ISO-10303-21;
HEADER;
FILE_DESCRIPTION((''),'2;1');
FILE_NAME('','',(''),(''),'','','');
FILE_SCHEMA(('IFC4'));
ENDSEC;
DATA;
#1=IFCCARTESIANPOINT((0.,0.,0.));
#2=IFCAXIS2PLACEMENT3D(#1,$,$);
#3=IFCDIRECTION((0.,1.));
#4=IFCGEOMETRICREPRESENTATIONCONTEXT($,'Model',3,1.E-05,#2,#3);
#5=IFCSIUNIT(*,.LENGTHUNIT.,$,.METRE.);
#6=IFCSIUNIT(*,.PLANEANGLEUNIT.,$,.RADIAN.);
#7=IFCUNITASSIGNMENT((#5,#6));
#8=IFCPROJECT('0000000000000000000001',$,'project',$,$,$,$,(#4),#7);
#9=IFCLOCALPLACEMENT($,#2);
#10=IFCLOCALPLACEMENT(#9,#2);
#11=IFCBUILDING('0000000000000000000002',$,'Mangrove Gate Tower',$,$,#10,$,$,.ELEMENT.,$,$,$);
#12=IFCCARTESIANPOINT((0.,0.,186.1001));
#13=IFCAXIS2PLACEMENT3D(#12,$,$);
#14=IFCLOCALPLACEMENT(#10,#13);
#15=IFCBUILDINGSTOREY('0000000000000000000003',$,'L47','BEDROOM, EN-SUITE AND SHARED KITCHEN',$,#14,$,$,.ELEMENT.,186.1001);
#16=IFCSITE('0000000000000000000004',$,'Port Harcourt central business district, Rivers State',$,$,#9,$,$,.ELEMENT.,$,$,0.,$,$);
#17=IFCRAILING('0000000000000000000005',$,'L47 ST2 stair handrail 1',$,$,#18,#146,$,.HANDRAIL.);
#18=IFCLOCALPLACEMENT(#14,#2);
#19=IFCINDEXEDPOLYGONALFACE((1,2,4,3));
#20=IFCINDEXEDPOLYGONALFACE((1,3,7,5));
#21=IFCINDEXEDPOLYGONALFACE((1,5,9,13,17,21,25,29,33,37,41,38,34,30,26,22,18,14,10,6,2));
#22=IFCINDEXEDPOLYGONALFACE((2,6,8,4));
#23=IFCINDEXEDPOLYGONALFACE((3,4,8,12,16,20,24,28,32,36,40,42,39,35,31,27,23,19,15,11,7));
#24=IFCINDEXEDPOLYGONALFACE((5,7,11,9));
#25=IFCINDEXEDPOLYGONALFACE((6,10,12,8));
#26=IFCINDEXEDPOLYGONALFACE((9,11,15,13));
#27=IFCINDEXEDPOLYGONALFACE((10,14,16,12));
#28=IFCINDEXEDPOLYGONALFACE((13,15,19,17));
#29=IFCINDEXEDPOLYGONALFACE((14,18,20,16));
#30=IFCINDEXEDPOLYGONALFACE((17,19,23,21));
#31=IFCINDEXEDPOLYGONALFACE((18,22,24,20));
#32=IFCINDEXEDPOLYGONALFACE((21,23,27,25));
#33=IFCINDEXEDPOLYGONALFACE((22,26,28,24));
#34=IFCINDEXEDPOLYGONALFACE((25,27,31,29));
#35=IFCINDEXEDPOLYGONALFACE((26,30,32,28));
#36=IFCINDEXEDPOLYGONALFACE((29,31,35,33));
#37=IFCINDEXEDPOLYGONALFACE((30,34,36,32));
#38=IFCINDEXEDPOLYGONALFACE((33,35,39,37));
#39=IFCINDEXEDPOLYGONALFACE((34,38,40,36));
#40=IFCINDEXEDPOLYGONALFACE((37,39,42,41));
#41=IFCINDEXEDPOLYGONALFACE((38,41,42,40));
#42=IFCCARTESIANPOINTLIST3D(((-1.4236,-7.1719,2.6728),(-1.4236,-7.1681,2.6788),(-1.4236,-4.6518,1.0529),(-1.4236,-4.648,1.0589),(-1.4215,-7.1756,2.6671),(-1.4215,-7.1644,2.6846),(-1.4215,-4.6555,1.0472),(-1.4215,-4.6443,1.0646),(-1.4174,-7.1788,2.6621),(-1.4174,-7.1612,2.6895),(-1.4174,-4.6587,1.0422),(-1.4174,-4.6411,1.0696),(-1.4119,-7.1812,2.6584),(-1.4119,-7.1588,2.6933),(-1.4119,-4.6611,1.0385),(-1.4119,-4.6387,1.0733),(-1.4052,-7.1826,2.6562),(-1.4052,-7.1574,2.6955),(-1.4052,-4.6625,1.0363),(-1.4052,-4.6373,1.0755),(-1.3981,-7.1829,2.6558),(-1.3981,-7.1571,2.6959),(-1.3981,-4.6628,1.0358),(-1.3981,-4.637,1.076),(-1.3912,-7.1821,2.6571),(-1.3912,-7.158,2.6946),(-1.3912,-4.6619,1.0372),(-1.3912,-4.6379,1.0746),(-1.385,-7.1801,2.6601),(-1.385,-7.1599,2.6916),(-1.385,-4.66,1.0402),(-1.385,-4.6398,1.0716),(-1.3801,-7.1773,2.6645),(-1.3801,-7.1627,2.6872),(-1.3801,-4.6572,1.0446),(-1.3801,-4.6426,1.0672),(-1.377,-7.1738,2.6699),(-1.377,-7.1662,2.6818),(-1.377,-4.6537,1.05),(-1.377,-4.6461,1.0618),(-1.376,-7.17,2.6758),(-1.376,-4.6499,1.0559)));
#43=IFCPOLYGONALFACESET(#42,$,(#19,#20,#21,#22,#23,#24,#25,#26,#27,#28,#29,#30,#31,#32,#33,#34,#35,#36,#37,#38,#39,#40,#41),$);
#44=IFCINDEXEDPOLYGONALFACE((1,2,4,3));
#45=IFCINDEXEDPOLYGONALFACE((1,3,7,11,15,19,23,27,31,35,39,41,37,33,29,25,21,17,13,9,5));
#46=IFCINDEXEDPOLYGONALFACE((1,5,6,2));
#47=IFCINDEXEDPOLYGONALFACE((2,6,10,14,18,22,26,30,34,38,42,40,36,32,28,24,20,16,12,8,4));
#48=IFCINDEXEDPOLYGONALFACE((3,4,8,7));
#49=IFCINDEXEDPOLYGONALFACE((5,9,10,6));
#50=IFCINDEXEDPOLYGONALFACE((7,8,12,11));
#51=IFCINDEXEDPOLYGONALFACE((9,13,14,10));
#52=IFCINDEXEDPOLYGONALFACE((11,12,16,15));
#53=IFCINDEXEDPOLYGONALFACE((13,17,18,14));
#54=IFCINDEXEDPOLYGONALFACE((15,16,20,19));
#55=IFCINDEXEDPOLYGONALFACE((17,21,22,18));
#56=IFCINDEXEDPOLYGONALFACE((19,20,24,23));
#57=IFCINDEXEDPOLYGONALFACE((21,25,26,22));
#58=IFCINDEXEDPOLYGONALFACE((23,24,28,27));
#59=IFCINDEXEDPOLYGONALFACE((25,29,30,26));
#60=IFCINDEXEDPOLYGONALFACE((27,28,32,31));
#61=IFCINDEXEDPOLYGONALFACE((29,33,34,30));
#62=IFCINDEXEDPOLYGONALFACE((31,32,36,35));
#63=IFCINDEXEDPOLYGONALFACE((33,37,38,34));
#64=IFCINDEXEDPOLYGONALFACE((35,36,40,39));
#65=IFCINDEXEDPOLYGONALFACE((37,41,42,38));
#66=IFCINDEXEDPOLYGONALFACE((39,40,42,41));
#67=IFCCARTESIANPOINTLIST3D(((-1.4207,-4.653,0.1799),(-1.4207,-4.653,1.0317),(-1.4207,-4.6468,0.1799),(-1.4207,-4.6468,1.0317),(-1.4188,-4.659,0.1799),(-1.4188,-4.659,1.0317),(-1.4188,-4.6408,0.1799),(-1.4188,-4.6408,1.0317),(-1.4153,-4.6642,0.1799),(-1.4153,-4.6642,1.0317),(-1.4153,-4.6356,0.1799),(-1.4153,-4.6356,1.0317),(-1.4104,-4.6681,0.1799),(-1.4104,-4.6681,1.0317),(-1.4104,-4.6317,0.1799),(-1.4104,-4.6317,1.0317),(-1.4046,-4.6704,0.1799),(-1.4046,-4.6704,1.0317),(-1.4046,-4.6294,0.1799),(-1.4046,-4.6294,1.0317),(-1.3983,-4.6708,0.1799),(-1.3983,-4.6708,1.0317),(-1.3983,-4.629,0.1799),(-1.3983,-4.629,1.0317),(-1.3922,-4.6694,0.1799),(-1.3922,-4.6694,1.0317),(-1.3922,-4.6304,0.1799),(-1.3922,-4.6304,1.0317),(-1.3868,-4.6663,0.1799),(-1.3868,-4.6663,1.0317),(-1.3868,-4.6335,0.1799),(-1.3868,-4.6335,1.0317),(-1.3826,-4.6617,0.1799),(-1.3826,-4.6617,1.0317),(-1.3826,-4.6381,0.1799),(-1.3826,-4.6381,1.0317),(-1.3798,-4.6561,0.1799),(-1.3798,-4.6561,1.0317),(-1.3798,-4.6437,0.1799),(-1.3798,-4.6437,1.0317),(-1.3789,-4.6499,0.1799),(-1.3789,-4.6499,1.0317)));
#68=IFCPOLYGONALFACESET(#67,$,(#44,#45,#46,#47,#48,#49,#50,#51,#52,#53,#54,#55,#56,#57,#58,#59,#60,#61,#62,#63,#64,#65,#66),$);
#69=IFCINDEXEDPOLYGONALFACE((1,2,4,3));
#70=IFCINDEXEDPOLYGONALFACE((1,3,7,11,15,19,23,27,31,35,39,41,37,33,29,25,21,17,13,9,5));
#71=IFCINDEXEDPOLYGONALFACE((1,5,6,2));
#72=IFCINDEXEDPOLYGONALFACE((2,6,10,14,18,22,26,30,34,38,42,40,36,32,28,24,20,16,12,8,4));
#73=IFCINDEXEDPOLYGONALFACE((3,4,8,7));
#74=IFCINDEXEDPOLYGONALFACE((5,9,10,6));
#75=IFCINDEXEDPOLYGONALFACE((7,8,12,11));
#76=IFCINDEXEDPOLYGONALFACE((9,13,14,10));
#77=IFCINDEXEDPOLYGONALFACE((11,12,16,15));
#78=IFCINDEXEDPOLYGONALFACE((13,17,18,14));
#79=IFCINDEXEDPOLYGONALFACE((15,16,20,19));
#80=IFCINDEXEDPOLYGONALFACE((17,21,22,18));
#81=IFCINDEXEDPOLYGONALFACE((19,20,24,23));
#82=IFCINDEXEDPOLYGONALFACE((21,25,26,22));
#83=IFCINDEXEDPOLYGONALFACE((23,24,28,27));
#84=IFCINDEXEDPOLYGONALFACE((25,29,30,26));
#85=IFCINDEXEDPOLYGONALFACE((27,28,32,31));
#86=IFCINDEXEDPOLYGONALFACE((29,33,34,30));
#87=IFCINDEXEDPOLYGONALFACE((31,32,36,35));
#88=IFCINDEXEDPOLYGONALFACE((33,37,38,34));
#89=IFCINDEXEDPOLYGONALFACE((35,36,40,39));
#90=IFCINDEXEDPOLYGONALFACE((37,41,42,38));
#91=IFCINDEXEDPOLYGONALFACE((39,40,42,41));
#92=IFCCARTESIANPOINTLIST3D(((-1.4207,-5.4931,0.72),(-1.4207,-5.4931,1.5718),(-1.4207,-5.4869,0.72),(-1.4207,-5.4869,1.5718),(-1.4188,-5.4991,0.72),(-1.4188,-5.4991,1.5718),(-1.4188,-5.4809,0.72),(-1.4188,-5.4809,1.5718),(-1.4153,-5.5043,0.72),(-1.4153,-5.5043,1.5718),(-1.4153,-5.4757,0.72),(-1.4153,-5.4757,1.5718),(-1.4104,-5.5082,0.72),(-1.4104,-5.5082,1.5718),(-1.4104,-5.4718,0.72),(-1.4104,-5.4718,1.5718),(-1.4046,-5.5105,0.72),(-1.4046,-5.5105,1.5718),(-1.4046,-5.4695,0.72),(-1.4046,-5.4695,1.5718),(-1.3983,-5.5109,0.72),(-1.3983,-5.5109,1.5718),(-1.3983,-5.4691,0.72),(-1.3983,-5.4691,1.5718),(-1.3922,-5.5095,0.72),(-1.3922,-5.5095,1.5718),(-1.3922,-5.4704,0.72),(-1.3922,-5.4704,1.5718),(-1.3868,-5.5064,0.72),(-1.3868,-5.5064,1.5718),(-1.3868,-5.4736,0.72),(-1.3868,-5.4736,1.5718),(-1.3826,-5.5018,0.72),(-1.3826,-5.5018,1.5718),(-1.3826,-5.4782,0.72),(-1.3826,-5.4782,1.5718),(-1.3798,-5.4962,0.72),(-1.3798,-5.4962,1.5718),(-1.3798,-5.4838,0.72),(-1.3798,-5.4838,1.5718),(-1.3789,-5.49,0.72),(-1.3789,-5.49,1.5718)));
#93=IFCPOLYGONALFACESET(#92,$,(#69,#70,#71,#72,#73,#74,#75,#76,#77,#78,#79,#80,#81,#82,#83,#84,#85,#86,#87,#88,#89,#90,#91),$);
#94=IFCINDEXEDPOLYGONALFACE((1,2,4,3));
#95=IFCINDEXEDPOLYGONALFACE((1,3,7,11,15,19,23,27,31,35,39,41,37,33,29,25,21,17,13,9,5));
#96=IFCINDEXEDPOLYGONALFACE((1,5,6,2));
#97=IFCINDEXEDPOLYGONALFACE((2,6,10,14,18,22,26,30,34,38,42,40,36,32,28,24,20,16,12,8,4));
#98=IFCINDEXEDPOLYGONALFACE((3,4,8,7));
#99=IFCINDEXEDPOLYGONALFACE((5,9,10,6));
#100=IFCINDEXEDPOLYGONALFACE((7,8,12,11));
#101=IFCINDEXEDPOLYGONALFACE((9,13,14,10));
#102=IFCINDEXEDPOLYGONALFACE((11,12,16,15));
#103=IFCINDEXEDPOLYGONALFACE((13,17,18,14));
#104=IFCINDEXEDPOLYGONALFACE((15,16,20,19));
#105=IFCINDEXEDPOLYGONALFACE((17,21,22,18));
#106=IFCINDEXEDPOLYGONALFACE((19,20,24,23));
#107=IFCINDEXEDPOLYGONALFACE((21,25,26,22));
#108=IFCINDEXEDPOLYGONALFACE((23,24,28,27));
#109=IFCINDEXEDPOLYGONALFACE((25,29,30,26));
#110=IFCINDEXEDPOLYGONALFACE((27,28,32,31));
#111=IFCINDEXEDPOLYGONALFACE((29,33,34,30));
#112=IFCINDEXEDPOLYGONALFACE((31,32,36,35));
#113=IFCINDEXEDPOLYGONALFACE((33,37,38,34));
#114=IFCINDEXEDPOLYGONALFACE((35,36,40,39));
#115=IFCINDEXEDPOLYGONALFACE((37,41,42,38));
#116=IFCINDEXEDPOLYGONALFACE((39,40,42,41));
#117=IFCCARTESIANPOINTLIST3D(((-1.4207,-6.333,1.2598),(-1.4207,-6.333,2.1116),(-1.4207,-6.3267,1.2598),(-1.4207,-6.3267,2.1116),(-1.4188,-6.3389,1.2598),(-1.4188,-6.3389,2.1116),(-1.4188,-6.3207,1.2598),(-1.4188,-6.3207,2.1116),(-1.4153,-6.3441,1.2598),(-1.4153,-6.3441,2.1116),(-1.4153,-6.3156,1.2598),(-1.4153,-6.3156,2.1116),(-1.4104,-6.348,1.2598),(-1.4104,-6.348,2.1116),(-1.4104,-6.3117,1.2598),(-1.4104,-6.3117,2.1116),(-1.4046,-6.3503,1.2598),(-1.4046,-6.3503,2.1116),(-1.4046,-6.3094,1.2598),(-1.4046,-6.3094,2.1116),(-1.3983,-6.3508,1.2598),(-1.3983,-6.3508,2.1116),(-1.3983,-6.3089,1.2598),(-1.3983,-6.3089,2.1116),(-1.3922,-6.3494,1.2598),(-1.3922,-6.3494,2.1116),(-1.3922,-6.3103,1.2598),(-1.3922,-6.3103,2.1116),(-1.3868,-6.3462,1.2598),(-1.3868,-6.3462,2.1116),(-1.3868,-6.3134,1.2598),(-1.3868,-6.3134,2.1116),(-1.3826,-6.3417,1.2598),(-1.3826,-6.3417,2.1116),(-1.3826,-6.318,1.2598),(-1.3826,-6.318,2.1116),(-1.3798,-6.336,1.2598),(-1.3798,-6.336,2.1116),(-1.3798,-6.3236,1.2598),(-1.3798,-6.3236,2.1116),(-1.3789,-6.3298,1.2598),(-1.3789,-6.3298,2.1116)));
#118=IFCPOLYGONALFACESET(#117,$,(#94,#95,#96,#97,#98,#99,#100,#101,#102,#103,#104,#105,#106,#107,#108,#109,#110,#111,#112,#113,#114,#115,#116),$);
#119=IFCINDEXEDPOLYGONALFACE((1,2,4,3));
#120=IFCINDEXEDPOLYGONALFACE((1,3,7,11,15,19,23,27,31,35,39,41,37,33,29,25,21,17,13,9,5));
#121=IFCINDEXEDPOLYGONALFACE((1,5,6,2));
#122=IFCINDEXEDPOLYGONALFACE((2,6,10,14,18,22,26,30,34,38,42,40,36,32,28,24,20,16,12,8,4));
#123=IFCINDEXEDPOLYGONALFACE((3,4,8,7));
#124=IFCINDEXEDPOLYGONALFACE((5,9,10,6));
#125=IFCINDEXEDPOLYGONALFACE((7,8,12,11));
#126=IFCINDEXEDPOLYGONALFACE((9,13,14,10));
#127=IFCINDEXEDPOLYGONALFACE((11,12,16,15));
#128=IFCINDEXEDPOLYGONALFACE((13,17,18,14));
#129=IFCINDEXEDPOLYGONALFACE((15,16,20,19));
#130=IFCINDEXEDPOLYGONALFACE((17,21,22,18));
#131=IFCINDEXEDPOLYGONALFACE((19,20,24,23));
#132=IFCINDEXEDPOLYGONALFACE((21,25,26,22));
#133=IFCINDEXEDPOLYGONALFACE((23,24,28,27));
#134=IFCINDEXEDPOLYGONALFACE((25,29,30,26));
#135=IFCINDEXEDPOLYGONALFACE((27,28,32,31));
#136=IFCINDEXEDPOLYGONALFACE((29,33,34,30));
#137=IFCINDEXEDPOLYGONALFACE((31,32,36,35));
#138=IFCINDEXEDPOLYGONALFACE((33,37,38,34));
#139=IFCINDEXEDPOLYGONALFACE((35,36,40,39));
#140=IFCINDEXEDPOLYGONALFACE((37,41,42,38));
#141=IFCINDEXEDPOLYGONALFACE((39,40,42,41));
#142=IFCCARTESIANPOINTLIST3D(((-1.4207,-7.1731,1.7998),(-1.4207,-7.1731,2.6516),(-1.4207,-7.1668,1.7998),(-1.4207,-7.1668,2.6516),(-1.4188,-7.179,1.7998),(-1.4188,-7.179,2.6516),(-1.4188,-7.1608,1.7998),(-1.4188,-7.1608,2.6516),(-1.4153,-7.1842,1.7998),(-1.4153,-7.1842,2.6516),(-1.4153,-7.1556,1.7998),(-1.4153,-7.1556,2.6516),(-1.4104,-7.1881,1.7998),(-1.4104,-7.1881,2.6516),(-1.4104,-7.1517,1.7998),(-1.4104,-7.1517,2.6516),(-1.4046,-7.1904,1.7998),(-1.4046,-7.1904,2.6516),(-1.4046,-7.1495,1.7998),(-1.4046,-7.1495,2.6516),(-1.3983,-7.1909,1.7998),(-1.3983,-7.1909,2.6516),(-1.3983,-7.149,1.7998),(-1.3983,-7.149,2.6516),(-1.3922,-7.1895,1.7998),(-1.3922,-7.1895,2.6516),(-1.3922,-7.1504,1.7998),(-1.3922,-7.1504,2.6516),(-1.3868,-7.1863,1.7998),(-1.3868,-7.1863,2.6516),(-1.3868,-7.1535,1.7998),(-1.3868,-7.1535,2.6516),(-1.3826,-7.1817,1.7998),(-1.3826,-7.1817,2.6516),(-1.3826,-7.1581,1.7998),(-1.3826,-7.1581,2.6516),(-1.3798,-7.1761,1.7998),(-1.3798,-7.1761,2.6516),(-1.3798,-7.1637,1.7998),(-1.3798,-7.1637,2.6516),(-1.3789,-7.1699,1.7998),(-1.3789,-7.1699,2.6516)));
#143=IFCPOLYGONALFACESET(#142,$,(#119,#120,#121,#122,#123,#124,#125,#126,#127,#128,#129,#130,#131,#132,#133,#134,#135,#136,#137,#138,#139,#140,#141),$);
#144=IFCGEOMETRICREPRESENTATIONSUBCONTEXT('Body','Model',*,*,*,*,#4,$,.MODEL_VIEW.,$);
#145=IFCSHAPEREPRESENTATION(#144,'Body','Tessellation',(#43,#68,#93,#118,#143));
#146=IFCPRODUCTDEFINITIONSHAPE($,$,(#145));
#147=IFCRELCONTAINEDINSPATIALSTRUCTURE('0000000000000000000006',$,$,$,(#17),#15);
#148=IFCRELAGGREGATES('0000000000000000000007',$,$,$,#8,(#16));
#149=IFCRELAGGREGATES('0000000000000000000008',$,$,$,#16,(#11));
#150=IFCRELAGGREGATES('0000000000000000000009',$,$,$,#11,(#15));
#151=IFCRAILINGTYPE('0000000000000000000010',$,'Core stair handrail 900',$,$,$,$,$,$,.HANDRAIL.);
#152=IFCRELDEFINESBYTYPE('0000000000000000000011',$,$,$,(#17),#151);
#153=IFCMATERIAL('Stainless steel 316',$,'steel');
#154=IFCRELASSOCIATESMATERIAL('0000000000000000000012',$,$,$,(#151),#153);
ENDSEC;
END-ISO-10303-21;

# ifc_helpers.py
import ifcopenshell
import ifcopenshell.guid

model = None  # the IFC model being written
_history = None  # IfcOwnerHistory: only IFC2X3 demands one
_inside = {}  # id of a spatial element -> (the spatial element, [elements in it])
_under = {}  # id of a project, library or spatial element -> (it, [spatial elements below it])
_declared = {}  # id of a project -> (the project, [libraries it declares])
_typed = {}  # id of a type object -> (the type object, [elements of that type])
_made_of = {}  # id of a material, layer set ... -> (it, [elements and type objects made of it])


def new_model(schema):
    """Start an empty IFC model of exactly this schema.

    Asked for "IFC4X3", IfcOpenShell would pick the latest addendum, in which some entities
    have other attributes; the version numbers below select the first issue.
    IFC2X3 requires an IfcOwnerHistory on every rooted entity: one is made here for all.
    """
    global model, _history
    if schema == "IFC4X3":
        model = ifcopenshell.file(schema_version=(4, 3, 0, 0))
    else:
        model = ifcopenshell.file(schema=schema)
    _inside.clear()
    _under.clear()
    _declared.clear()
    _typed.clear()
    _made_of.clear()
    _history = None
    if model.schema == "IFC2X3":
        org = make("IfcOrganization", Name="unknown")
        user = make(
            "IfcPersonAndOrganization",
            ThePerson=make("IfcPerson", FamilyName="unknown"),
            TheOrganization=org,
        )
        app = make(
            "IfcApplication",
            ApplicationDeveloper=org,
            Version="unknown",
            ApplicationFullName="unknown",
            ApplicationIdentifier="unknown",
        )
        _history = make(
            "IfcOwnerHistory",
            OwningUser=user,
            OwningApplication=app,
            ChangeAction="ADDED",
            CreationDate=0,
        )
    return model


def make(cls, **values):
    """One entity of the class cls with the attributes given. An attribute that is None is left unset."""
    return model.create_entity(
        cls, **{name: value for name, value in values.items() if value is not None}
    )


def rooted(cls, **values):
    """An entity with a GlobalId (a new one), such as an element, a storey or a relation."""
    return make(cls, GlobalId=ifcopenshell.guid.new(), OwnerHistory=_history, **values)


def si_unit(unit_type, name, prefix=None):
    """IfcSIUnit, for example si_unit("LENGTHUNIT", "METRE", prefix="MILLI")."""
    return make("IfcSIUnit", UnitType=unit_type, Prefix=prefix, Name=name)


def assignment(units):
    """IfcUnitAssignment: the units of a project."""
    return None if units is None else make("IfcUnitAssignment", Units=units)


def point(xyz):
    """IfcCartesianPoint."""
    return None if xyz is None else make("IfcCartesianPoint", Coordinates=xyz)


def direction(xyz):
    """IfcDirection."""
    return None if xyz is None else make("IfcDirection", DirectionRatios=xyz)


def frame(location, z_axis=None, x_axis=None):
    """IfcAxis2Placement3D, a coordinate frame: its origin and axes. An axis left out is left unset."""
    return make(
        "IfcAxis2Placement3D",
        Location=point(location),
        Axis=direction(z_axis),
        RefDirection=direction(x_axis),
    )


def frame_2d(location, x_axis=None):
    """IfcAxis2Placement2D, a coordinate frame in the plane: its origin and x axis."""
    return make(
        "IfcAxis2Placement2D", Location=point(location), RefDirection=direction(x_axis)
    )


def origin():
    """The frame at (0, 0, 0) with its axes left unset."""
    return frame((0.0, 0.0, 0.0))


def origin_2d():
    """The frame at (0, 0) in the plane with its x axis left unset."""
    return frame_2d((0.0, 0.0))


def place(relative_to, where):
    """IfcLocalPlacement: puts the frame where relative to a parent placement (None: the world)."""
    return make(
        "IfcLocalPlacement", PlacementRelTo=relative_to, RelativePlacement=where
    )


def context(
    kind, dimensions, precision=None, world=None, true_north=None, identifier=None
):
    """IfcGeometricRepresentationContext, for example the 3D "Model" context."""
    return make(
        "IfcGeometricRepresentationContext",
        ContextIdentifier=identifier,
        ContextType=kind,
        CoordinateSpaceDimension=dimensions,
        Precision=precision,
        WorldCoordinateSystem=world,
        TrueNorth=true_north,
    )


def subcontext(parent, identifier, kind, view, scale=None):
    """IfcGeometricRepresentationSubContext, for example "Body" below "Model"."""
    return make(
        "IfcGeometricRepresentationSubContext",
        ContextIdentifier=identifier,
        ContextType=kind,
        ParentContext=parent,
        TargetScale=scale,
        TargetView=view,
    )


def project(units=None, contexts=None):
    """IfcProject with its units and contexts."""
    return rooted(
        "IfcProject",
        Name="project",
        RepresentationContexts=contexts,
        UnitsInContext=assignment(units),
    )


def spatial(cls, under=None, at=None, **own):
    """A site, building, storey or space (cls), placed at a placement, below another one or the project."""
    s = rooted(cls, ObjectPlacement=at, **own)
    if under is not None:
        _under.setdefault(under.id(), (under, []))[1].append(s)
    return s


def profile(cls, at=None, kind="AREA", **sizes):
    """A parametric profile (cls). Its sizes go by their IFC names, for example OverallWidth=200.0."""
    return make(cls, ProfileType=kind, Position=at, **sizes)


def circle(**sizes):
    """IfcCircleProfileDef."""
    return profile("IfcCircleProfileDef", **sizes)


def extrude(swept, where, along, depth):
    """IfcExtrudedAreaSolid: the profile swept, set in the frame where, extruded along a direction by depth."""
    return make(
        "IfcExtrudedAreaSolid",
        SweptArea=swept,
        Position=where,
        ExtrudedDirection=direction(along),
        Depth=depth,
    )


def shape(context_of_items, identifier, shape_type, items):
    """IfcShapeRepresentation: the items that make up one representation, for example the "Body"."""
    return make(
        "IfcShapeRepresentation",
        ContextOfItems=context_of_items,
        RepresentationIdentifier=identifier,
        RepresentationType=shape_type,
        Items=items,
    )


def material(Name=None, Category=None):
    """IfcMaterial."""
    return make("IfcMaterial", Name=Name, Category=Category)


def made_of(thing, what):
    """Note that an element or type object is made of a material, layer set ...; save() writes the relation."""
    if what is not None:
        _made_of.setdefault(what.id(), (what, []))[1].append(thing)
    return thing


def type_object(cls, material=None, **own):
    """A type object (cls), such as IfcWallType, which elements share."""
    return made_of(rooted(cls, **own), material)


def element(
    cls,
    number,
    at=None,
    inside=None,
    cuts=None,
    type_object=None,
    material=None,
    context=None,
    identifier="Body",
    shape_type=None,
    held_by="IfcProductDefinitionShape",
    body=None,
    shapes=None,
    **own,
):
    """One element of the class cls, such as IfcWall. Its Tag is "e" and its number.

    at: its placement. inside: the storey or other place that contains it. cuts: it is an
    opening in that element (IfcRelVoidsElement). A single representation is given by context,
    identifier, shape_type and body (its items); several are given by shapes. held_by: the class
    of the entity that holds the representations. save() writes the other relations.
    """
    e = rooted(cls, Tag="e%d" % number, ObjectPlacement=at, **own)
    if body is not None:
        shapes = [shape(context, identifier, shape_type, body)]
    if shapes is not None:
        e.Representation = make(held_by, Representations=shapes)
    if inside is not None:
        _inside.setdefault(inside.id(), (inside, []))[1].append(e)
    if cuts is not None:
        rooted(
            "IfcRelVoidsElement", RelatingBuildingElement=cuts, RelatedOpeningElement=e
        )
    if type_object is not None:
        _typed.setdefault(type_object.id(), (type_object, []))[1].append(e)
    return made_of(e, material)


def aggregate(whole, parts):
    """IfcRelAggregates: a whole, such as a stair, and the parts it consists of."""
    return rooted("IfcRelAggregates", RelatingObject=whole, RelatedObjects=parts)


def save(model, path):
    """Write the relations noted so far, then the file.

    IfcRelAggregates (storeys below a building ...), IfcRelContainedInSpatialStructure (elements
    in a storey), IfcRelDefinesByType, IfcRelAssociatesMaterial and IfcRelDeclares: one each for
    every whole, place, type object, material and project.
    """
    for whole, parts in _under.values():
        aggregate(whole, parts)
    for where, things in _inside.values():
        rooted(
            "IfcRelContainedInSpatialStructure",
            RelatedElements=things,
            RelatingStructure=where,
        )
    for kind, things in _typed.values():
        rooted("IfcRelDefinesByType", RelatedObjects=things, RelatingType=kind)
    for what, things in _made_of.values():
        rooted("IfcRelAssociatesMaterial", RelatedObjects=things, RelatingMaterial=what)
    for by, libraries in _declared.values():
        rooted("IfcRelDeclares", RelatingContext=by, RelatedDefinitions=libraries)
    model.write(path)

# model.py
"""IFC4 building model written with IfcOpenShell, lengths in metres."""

from ifc_helpers import new_model, si_unit, direction, frame, origin, origin_2d, place, context, subcontext, project, spatial, circle, extrude, material, type_object, element, save


model = new_model("IFC4")

# Units and contexts
model_context = context("Model", 3, precision=1e-05, world=origin(), true_north=direction((0.0, 1.0)))
body_context = subcontext(model_context, "Body", "Model", "MODEL_VIEW")
ifc_project = project(units=[si_unit("LENGTHUNIT", "METRE"), si_unit("PLANEANGLEUNIT", "RADIAN")], contexts=[model_context])

# Site, building, storey
site_placement = place(None, origin())
site = spatial("IfcSite", under=ifc_project, at=site_placement, Name="Port Harcourt central business district, Rivers State", CompositionType="ELEMENT", RefElevation=0.0)
building_placement = place(site_placement, origin())
building = spatial("IfcBuilding", under=site, at=building_placement, Name="Mangrove Gate Tower", CompositionType="ELEMENT")
storey_placement = place(building_placement, frame((0.0, 0.0, 186.1001)))
storey = spatial("IfcBuildingStorey", under=building, at=storey_placement, Name="L47", Description="BEDROOM, EN-SUITE AND SHARED KITCHEN", CompositionType="ELEMENT", Elevation=186.1001)

# Railing
ifc_material_1 = material(Name="Stainless steel 316", Category="steel")
railing_type_1 = type_object("IfcRailingType", Name="Core stair handrail 900", PredefinedType="HANDRAIL", material=ifc_material_1)
railing_1_placement = place(storey_placement, frame((-1.3999, -4.6499, 0.1799)))
element("IfcRailing", 1, at=railing_1_placement, inside=storey, type_object=railing_type_1, Name="L47 ST2 stair handrail 1", PredefinedType="HANDRAIL", context=body_context, shape_type="SweptSolid", body=[
    extrude(circle(Radius=0.0239, at=origin_2d()), frame((0.0, 0.0, 0.876), z_axis=(0.0, -0.8412, 0.540725), x_axis=(1.0, 0.0, 0.0)), (0.0, 0.0, 1.0), 2.9958),
    extrude(circle(Radius=0.021, at=origin_2d()), origin(), (0.0, 0.0, 1.0), 0.8518),
    extrude(circle(Radius=0.021, at=origin_2d()), frame((0.0, -0.8401, 0.54)), (0.0, 0.0, 1.0), 0.8518),
    extrude(circle(Radius=0.021, at=origin_2d()), frame((0.0, -1.6799, 1.0798)), (0.0, 0.0, 1.0), 0.8518),
    extrude(circle(Radius=0.021, at=origin_2d()), frame((0.0, -2.52, 1.6199)), (0.0, 0.0, 1.0), 0.8518),
])

save(model, "model.ifc")
